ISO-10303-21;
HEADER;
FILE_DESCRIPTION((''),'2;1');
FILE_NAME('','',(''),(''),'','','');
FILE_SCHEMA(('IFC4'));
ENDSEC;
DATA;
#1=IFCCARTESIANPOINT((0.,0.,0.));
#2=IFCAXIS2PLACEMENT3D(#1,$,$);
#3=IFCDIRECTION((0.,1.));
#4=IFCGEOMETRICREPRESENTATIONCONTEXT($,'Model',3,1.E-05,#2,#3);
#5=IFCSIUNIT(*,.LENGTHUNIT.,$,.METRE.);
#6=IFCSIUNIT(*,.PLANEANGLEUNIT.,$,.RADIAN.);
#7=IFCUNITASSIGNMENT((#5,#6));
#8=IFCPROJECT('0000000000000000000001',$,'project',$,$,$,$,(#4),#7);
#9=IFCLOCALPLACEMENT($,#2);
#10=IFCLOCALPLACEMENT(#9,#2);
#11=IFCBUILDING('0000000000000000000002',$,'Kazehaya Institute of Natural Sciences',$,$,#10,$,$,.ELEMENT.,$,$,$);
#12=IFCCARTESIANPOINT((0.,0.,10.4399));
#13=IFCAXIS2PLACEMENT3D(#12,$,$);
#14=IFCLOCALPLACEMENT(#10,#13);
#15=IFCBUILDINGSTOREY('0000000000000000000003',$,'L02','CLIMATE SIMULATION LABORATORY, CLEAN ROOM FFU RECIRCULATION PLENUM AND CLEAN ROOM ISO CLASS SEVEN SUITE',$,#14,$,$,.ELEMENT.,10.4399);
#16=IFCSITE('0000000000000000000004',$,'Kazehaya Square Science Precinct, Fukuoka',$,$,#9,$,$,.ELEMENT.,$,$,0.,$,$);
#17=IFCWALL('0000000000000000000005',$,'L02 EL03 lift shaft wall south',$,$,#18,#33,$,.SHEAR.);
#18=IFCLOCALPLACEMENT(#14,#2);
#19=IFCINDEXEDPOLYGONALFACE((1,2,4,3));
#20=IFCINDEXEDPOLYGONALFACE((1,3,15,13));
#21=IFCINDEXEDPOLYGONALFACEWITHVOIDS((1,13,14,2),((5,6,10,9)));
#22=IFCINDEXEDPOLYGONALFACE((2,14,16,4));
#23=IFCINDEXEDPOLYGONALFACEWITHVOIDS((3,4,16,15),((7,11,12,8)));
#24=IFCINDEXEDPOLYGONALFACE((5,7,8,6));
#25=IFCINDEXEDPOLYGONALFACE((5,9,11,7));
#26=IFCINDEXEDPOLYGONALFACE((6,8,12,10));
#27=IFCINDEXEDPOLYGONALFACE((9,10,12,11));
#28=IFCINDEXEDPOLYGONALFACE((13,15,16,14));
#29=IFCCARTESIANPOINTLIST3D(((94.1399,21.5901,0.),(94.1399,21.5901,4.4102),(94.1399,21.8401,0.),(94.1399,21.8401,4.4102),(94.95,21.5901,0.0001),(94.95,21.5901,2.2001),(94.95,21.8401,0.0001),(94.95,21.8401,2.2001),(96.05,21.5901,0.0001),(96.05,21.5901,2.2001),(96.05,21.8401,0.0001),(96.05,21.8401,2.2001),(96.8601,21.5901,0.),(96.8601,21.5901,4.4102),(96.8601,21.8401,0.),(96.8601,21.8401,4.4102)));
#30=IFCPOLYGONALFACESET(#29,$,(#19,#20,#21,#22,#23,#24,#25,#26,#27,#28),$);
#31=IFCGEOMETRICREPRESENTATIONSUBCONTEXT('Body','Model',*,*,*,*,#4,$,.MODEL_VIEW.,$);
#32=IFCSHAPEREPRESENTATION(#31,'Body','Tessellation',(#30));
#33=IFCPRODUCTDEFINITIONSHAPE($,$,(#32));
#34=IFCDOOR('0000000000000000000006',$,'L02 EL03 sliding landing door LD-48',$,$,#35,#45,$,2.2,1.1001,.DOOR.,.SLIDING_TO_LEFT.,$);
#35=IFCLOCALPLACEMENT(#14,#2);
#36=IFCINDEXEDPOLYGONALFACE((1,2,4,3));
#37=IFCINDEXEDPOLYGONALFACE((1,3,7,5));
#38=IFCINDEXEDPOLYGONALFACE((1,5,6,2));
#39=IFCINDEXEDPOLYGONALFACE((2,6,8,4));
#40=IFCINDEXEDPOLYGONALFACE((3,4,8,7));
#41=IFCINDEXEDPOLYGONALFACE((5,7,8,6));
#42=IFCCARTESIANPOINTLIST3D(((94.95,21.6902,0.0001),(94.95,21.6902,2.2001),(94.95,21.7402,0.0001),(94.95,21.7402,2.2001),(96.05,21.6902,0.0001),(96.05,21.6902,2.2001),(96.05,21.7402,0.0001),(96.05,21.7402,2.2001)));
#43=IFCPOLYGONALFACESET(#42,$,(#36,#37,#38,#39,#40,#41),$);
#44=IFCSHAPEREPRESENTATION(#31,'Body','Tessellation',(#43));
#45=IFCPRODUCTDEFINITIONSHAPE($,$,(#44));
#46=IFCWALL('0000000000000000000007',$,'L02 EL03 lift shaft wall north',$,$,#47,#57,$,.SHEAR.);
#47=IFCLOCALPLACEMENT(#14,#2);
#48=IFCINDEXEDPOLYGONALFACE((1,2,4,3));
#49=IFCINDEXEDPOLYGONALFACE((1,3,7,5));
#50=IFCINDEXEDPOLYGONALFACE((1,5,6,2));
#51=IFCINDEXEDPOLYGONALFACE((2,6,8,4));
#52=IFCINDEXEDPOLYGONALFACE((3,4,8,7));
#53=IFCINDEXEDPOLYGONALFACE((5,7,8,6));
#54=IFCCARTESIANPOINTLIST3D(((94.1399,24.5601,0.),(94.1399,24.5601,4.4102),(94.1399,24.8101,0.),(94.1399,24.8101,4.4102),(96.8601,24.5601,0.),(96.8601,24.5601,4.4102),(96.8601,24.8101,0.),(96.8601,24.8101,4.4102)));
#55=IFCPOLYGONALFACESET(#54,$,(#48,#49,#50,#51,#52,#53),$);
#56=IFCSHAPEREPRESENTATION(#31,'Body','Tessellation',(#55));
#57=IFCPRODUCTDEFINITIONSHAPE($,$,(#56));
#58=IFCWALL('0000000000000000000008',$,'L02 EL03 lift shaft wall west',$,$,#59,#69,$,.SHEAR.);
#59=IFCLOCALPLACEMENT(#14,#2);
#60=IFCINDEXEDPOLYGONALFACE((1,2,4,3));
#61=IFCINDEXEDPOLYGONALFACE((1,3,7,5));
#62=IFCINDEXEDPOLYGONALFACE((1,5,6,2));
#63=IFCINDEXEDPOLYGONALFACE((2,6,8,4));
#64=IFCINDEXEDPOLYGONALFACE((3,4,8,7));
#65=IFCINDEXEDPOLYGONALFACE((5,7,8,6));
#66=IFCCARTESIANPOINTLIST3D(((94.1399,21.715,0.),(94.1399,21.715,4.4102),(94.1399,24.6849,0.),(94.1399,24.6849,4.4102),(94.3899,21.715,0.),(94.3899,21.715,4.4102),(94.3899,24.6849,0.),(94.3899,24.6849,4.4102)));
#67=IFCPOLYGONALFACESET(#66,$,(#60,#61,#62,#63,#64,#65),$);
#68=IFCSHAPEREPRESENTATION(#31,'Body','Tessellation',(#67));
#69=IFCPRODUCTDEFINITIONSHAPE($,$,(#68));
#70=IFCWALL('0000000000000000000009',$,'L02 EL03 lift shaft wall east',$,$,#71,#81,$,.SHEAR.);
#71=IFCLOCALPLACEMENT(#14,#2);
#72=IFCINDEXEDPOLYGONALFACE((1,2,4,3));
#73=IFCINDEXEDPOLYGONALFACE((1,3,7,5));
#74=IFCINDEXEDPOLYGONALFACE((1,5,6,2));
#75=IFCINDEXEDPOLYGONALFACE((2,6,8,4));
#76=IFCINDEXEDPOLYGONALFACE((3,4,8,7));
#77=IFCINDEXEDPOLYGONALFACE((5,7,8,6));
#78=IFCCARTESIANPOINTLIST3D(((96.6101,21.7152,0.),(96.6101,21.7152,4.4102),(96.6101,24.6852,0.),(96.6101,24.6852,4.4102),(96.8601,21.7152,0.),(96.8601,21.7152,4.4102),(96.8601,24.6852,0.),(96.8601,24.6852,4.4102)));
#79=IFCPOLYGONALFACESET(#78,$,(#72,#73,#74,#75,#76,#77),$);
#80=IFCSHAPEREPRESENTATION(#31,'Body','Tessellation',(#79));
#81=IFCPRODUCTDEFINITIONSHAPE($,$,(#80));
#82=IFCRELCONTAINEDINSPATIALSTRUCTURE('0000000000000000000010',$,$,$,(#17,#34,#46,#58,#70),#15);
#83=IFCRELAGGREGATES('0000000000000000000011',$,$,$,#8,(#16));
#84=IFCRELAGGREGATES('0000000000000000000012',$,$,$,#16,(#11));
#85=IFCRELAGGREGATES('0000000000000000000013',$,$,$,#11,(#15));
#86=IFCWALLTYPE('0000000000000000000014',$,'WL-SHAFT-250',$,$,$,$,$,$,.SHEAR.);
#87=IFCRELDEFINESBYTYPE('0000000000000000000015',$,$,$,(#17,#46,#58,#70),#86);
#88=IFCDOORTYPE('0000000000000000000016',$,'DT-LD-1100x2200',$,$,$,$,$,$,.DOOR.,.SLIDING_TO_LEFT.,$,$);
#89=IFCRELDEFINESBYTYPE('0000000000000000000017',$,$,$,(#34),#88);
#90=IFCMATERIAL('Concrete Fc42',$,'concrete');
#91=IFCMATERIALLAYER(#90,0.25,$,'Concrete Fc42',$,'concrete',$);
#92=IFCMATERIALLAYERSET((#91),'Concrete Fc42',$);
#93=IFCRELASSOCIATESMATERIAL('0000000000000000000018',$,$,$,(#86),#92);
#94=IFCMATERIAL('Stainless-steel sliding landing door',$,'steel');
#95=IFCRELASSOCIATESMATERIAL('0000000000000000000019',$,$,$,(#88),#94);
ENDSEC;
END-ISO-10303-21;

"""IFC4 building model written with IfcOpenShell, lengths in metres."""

from ifc_helpers import new_model, si_unit, direction, frame, frame_2d, origin, place, context, subcontext, project, spatial, rectangle, extrude, material, layer, layer_set, type_object, element, fill, save


model = new_model("IFC4")

# Units and contexts
model_context = context("Model", 3, precision=1e-05, world=origin(), true_north=direction((0.0, 1.0)))
body_context = subcontext(model_context, "Body", "Model", "MODEL_VIEW")
ifc_project = project(units=[si_unit("LENGTHUNIT", "METRE"), si_unit("PLANEANGLEUNIT", "RADIAN")], contexts=[model_context])

# Site, building, storey
site_placement = place(None, origin())
site = spatial("IfcSite", under=ifc_project, at=site_placement, Name="Kazehaya Square Science Precinct, Fukuoka", CompositionType="ELEMENT", RefElevation=0.0)
building_placement = place(site_placement, origin())
building = spatial("IfcBuilding", under=site, at=building_placement, Name="Kazehaya Institute of Natural Sciences", CompositionType="ELEMENT")
storey_placement = place(building_placement, frame((0.0, 0.0, 10.4399)))
storey = spatial("IfcBuildingStorey", under=building, at=storey_placement, Name="L02", Description="CLIMATE SIMULATION LABORATORY, CLEAN ROOM FFU RECIRCULATION PLENUM AND CLEAN ROOM ISO CLASS SEVEN SUITE", CompositionType="ELEMENT", Elevation=10.4399)

# Shared definitions
ifc_material_1 = material(Name="Concrete Fc42", Category="concrete")

# Shared definitions
ifc_layer_1 = layer(ifc_material_1, 0.25, Name="Concrete Fc42", Category="concrete")
ifc_layer_set_1 = layer_set([ifc_layer_1], Name="Concrete Fc42")
wall_type_1 = type_object("IfcWallType", Name="WL-SHAFT-250", PredefinedType="SHEAR", material=ifc_layer_set_1)

# Wall, opening, door
wall_1_placement = place(storey_placement, frame((96.8601, 21.7151, 0.0), z_axis=(0.0, 0.0, 1.0), x_axis=(-1.0, 0.0, 0.0)))
wall_1 = element("IfcWall", 1, at=wall_1_placement, inside=storey, type_object=wall_type_1, Name="L02 EL03 lift shaft wall south", PredefinedType="SHEAR", context=body_context, shape_type="SweptSolid", body=[
    extrude(rectangle(XDim=2.7202, YDim=0.25, at=frame_2d((1.3601, 0.0))), origin(), (0.0, 0.0, 1.0), 4.4102),
])
opening_1_placement = place(wall_1_placement, frame((0.8101, 0.0, 0.0)))
opening_1 = element("IfcOpeningElement", 2, at=opening_1_placement, cuts=wall_1, PredefinedType="OPENING", context=body_context, shape_type="SweptSolid", body=[
    extrude(rectangle(XDim=1.1001, YDim=2.2, at=frame_2d((0.55, 1.1001))), frame((0.0, 0.135, 0.0), z_axis=(0.0, -1.0, 0.0), x_axis=(1.0, 0.0, 0.0)), (0.0, 0.0, 1.0), 0.27),
])
ifc_material_2 = material(Name="Stainless-steel sliding landing door", Category="steel")
door_type_1 = type_object("IfcDoorType", Name="DT-LD-1100x2200", OperationType="SLIDING_TO_LEFT", PredefinedType="DOOR", material=ifc_material_2)
door_1_placement = place(opening_1_placement, origin())
door_1 = element("IfcDoor", 3, at=door_1_placement, inside=storey, type_object=door_type_1, Name="L02 EL03 sliding landing door LD-48", OperationType="SLIDING_TO_LEFT", OverallHeight=2.2, OverallWidth=1.1001, PredefinedType="DOOR", context=body_context, shape_type="SweptSolid", body=[
    extrude(rectangle(XDim=1.1001, YDim=2.2, at=frame_2d((0.55, 1.1001))), frame((0.0, 0.0249, 0.0), z_axis=(0.0, -1.0, 0.0), x_axis=(1.0, 0.0, 0.0)), (0.0, 0.0, 1.0), 0.05),
])
fill(opening_1, door_1)

# Walls
wall_2_placement = place(storey_placement, frame((94.1399, 24.6851, 0.0), z_axis=(0.0, 0.0, 1.0), x_axis=(1.0, 0.0, 0.0)))
element("IfcWall", 4, at=wall_2_placement, inside=storey, type_object=wall_type_1, Name="L02 EL03 lift shaft wall north", PredefinedType="SHEAR", context=body_context, shape_type="SweptSolid", body=[
    extrude(rectangle(XDim=2.7202, YDim=0.25, at=frame_2d((1.3601, 0.0))), origin(), (0.0, 0.0, 1.0), 4.4102),
])
for number, where, z_axis, x_axis, name in (
    (5, (94.2649, 21.7151, 0.0), (0.0, 0.0, 1.0), (0.0, 1.0, 0.0), "L02 EL03 lift shaft wall west"),
    (6, (96.7351, 24.6851, 0.0), (0.0, 0.0, 1.0), (0.0, -1.0, 0.0), "L02 EL03 lift shaft wall east"),
):
    element("IfcWall", number, at=place(storey_placement, frame(where, z_axis=z_axis, x_axis=x_axis)), inside=storey, type_object=wall_type_1, Name=name, PredefinedType="SHEAR", context=body_context, shape_type="SweptSolid", body=[
        extrude(rectangle(XDim=2.97, YDim=0.25, at=frame_2d((1.4849, 0.0))), origin(), (0.0, 0.0, 1.0), 4.4102),
    ])

save(model, "model.ifc")
